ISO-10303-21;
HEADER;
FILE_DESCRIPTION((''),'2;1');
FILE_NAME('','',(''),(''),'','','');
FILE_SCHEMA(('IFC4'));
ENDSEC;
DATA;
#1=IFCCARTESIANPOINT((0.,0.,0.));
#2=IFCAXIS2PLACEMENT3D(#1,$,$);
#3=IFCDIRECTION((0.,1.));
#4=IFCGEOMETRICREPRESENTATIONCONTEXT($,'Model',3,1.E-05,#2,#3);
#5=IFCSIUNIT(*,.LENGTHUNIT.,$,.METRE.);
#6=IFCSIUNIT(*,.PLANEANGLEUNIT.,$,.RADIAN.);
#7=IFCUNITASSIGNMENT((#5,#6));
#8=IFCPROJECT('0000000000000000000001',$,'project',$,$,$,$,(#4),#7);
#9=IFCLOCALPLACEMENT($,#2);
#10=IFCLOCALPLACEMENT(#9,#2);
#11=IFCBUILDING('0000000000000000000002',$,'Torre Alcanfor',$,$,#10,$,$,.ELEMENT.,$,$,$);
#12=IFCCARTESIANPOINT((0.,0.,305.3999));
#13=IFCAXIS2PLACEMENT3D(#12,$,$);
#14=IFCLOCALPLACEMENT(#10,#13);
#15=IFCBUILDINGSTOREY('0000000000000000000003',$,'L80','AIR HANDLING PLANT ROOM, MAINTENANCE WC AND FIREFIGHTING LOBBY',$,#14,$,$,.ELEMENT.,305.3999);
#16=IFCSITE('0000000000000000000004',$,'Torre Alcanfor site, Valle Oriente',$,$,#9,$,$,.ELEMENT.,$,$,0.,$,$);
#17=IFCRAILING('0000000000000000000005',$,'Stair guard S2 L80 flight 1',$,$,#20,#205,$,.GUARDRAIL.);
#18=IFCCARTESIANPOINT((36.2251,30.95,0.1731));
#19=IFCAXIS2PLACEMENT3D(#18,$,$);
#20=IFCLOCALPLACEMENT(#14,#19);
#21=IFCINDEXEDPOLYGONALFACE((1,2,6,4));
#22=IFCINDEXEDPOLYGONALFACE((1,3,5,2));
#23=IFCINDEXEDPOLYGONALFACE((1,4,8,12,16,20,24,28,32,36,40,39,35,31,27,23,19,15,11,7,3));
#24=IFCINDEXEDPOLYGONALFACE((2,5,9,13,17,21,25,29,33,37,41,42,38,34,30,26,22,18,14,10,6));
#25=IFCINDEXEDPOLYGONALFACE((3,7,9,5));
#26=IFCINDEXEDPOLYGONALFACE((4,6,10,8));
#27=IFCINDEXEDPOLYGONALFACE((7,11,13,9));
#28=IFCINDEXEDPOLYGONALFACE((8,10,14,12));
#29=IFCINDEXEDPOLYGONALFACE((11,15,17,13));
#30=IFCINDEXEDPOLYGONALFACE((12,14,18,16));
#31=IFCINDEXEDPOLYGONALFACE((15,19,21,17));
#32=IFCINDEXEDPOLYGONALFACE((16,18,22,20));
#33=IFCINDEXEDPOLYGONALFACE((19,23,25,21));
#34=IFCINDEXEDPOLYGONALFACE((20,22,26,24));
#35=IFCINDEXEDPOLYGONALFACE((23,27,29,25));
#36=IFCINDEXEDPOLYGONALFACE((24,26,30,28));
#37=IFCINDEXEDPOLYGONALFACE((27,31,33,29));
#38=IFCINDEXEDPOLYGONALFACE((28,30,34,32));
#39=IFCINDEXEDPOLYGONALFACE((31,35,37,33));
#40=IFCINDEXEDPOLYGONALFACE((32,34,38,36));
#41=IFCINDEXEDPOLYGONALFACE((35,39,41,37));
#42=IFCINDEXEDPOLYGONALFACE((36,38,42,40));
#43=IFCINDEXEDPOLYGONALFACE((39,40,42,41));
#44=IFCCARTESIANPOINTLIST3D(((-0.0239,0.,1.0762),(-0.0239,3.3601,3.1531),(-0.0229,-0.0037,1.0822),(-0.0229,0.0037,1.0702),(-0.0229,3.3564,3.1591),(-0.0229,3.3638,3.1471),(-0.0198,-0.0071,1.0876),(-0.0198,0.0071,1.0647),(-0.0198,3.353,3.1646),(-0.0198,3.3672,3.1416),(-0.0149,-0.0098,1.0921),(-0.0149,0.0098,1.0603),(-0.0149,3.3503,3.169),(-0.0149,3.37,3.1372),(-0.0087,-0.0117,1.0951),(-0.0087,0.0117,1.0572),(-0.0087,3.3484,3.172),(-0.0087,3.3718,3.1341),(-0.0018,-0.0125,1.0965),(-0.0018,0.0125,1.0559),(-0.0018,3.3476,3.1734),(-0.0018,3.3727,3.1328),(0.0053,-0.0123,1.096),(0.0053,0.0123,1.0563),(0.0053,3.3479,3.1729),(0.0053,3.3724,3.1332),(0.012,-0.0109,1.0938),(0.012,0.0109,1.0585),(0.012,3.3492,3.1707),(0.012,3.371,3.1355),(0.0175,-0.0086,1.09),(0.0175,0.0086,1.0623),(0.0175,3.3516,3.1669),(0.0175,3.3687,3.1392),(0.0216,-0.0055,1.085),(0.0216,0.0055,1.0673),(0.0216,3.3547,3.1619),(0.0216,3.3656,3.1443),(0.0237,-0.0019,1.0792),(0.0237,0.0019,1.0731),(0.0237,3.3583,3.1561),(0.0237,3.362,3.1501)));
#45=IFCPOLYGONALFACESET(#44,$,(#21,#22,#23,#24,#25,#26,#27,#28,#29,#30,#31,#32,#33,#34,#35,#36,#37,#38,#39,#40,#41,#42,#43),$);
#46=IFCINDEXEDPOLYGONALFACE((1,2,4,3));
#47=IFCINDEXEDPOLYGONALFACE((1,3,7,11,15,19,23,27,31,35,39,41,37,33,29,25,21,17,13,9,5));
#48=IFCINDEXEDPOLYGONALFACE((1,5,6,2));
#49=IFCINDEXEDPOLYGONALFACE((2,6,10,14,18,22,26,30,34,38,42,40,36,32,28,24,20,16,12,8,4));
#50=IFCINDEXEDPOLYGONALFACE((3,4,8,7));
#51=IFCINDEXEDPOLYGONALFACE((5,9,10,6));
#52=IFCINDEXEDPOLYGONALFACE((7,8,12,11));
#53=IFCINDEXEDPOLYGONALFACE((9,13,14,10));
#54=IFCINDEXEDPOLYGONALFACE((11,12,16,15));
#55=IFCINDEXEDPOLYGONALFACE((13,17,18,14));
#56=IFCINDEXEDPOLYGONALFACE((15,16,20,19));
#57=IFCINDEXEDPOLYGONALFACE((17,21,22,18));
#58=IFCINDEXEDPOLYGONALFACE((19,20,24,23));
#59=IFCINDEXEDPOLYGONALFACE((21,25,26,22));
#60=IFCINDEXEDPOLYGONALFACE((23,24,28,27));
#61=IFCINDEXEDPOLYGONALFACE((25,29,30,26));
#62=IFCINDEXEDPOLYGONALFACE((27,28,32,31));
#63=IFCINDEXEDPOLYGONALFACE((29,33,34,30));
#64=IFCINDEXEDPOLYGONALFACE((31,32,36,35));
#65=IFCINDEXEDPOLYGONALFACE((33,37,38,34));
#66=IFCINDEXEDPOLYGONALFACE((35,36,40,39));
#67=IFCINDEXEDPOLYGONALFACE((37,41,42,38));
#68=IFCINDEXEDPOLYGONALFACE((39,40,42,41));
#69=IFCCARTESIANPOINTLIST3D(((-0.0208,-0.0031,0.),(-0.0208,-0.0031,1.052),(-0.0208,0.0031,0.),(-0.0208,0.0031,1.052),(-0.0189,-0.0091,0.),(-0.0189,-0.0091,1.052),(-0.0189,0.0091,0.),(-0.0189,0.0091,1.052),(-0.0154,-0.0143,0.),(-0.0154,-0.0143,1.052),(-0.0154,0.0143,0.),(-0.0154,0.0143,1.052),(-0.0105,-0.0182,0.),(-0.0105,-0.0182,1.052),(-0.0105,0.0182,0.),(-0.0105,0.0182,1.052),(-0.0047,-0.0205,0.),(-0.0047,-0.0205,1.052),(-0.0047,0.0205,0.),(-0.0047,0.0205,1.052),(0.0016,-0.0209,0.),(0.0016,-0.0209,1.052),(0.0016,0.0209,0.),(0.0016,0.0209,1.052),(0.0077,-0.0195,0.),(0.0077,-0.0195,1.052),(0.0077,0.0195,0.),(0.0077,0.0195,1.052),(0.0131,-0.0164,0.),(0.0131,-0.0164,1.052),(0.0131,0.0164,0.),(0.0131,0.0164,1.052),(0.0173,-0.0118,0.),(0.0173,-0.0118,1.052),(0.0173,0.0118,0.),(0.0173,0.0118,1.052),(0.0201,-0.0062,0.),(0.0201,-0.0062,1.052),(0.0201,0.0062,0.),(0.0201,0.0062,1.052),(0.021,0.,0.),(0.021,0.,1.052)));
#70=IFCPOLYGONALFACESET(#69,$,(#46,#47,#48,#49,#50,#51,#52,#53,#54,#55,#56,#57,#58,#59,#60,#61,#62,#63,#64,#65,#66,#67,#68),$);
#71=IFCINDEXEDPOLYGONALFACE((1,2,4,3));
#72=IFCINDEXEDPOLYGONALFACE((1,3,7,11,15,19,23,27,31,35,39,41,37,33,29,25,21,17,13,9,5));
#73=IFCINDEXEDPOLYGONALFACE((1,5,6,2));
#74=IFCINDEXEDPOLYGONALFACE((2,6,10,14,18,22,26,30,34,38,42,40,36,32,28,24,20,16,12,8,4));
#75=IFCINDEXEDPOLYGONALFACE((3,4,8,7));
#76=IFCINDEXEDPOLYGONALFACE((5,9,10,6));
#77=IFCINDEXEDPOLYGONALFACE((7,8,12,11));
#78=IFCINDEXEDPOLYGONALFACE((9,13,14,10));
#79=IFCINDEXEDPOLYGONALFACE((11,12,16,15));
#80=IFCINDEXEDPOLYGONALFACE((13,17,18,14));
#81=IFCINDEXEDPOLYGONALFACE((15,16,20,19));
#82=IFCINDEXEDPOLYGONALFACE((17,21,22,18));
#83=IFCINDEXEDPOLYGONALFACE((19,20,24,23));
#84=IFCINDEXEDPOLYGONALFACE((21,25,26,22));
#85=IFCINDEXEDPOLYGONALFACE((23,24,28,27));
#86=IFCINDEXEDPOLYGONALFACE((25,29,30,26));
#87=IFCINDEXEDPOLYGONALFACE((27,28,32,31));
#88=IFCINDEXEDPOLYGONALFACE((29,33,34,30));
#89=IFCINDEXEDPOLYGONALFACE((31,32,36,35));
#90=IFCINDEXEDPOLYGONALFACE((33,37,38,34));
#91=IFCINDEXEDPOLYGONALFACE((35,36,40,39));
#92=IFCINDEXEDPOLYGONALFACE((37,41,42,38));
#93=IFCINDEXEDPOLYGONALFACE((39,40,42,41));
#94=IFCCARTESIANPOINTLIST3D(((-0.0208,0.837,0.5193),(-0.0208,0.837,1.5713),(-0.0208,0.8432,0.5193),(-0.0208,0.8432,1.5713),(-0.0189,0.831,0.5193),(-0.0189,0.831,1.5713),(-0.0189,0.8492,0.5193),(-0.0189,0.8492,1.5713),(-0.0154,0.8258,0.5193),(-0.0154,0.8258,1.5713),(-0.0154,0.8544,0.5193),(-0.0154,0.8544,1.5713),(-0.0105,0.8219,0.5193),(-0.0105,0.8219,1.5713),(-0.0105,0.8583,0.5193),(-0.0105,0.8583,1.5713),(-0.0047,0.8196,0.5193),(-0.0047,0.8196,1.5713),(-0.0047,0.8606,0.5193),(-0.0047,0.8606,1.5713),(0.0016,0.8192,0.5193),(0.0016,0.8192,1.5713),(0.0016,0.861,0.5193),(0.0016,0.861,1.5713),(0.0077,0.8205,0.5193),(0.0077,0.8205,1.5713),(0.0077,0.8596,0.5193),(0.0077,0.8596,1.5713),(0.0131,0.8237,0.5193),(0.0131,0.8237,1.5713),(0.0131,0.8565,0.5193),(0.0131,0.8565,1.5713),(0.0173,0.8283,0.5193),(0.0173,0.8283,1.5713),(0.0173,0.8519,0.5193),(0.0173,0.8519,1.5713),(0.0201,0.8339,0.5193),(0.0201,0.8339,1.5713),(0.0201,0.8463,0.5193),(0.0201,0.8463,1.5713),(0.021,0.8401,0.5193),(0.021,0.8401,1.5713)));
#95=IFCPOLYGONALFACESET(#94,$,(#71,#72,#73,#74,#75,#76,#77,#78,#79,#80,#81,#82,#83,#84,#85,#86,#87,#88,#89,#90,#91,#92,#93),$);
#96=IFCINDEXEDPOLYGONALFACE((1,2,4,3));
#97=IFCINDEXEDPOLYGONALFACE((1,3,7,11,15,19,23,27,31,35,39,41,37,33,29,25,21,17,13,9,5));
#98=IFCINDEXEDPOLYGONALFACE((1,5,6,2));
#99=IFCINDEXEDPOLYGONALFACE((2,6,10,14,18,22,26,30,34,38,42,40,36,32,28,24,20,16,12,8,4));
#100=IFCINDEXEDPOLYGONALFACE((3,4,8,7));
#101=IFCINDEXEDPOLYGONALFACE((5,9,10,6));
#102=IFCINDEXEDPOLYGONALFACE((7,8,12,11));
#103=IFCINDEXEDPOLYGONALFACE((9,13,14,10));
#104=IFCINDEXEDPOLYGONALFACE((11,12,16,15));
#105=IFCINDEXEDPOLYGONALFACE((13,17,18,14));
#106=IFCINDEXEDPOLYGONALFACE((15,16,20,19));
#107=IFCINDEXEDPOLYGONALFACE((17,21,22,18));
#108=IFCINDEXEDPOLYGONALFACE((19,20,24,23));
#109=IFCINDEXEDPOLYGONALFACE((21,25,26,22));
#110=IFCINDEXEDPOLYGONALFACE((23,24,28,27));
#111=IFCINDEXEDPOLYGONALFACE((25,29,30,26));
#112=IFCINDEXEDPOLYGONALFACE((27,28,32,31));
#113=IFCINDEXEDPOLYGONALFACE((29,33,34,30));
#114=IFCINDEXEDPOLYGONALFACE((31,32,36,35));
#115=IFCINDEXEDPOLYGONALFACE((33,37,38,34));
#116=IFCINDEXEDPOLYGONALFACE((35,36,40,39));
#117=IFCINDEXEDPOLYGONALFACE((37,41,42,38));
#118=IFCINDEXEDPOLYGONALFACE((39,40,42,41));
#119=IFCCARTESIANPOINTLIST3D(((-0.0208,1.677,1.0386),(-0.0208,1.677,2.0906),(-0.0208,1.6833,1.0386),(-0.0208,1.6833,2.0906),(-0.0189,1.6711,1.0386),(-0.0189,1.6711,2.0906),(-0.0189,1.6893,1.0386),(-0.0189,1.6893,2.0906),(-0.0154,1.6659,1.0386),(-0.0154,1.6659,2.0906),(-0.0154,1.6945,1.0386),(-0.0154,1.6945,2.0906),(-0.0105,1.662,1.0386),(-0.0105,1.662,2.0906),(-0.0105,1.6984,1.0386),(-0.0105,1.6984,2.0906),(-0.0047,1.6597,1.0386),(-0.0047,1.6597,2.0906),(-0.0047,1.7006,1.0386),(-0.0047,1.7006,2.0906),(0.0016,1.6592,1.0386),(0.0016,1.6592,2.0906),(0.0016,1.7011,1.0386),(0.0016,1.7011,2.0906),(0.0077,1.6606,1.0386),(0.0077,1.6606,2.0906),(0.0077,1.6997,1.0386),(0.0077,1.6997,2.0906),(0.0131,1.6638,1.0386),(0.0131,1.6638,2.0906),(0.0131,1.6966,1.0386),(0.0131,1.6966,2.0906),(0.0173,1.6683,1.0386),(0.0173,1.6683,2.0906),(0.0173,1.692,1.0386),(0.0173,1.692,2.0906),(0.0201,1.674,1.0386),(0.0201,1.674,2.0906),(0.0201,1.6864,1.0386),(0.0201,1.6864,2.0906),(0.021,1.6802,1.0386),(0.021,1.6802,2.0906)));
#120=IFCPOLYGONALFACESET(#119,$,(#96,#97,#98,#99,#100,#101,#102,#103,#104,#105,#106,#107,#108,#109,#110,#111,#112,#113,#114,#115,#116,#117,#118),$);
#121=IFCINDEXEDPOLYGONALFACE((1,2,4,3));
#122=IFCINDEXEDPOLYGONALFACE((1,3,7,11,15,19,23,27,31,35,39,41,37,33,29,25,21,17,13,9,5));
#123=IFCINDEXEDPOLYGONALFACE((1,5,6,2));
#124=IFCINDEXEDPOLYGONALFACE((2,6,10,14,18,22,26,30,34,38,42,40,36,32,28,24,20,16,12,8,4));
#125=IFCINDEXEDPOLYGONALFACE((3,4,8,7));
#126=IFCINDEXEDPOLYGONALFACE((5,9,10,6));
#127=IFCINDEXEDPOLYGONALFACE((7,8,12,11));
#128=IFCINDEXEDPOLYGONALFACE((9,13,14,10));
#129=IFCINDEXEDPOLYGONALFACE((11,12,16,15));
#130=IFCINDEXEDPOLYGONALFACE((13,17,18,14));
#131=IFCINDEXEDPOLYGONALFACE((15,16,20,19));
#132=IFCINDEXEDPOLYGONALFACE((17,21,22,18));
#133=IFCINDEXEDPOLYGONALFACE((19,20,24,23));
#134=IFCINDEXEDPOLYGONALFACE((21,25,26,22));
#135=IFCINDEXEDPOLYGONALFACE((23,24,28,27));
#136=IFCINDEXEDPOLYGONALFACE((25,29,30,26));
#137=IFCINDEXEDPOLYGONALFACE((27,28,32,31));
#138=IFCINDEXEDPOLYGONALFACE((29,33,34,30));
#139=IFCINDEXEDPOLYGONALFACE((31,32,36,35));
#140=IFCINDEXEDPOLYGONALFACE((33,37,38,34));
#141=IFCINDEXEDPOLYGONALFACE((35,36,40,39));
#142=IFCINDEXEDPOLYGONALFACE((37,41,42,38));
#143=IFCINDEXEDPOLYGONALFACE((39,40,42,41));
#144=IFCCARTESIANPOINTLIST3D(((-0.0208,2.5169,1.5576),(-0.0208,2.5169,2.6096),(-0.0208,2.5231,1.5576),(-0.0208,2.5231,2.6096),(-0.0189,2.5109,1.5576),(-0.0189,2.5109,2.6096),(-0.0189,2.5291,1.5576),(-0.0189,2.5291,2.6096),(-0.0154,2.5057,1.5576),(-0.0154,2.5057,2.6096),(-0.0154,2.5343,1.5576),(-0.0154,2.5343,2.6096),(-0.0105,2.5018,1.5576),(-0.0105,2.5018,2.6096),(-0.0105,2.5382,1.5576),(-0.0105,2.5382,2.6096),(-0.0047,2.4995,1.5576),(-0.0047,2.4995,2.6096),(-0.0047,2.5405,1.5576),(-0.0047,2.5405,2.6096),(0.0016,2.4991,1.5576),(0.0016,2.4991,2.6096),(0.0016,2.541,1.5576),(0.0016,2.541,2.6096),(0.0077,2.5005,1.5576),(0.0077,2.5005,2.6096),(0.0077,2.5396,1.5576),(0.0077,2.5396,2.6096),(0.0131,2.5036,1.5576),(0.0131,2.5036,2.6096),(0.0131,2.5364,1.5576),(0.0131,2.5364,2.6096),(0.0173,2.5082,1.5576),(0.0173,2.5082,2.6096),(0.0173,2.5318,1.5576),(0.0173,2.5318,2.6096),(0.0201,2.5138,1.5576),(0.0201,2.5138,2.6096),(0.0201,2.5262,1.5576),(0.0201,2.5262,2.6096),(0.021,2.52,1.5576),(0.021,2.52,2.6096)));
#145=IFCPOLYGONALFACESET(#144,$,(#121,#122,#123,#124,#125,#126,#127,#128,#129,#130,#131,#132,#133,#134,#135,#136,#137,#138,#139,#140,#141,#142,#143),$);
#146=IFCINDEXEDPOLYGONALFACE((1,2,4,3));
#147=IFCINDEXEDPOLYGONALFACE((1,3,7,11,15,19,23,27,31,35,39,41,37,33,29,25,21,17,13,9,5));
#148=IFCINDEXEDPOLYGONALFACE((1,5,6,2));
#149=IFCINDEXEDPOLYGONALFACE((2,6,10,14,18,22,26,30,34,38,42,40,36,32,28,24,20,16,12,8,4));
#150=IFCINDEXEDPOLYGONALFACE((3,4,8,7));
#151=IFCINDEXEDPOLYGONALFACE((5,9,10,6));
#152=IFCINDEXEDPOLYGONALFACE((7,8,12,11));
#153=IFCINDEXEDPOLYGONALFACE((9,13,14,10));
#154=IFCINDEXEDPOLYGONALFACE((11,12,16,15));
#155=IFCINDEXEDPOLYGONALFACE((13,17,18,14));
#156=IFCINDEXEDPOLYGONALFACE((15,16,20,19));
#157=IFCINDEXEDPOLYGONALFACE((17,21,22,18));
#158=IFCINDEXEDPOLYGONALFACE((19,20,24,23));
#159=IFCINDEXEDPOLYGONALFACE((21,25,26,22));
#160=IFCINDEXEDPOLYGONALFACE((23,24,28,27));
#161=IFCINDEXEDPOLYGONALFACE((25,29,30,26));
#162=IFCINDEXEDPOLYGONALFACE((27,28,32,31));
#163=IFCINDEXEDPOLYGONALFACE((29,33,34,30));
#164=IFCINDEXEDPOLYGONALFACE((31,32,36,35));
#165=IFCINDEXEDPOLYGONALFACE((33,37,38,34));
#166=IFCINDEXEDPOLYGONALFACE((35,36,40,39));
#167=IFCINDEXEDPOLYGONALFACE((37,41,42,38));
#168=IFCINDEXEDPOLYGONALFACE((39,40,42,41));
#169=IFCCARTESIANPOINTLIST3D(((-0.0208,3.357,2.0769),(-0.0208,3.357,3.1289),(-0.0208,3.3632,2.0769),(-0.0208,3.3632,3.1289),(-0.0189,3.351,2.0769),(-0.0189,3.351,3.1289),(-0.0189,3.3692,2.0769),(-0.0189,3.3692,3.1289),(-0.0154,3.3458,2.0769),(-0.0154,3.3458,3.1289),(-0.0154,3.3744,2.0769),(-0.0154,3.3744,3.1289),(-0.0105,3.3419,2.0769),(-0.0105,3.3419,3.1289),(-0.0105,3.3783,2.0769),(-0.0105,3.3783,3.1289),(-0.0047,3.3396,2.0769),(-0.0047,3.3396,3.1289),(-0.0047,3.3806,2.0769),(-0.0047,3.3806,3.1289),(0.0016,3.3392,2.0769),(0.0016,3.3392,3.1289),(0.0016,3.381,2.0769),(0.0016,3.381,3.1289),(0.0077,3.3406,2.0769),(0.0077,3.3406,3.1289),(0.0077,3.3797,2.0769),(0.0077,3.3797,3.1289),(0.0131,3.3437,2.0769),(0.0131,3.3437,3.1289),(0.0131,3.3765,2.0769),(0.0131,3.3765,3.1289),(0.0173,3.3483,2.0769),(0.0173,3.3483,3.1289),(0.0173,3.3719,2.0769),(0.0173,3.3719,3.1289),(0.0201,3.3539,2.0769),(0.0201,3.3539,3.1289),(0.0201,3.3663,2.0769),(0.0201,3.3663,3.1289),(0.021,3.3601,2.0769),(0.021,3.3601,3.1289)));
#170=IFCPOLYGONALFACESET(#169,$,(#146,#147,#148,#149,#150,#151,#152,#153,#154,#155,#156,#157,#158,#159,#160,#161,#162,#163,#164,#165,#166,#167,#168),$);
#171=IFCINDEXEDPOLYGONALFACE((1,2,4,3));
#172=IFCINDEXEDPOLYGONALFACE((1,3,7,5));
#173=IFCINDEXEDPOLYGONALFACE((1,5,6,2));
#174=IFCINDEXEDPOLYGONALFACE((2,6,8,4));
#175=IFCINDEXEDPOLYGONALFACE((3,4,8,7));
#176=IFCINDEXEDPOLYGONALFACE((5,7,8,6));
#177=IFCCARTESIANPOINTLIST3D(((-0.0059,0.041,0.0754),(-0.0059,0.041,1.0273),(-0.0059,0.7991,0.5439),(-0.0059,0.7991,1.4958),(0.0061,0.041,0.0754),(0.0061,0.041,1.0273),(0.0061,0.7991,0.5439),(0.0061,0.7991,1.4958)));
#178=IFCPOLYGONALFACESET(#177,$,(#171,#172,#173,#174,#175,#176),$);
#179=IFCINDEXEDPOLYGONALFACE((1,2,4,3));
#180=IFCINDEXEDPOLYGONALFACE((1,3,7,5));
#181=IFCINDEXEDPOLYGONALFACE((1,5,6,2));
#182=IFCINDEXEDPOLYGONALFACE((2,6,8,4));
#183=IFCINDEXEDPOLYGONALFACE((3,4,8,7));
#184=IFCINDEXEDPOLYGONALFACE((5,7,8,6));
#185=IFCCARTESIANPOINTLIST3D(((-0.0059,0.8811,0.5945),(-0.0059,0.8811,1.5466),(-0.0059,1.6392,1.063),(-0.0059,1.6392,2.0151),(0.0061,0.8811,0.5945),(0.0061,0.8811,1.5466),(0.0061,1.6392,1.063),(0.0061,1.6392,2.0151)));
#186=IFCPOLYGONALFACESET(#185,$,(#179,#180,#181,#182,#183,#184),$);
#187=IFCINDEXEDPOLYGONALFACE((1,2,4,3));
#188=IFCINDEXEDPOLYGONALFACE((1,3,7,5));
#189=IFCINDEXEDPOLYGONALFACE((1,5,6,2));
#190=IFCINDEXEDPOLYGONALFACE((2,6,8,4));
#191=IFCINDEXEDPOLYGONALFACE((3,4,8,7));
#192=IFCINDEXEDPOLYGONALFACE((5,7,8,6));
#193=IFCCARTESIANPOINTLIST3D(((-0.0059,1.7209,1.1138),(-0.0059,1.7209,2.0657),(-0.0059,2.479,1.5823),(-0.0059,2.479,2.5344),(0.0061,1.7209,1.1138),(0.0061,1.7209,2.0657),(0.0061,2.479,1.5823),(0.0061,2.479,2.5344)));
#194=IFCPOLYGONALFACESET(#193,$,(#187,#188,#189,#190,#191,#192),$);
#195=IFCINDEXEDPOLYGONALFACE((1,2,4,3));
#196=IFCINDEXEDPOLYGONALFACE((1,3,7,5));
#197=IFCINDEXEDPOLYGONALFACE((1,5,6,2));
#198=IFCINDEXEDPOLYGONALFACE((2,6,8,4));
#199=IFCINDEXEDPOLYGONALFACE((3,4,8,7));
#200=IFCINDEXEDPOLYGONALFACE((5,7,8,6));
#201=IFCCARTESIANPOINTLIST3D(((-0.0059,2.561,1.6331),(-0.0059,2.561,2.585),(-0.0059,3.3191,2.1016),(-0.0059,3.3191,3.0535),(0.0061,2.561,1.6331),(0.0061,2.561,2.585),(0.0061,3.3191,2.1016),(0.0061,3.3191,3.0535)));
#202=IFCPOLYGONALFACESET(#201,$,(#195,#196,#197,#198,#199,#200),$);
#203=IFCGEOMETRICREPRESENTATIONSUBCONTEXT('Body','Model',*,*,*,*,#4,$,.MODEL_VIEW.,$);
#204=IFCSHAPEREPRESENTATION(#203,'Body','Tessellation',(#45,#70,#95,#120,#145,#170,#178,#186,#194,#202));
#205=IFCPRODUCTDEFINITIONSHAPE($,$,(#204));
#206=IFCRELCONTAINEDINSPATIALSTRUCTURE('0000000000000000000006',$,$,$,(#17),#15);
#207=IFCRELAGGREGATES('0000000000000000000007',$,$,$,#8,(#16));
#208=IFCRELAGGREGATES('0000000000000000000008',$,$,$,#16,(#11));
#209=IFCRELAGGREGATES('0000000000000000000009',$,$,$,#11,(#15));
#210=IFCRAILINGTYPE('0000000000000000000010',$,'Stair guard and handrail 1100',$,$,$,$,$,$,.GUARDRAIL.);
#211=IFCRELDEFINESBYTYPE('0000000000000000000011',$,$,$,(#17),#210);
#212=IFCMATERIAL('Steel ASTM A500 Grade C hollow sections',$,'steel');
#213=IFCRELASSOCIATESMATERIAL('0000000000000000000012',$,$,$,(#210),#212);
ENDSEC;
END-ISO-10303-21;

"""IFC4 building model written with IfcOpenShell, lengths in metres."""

from ifc_helpers import new_model, si_unit, direction, frame, origin, origin_2d, place, context, subcontext, project, spatial, polyline, circle, outline, extrude, material, type_object, element, save


model = new_model("IFC4")

# Units and contexts
model_context = context("Model", 3, precision=1e-05, world=origin(), true_north=direction((0.0, 1.0)))
body_context = subcontext(model_context, "Body", "Model", "MODEL_VIEW")
ifc_project = project(units=[si_unit("LENGTHUNIT", "METRE"), si_unit("PLANEANGLEUNIT", "RADIAN")], contexts=[model_context])

# Site, building, storey
site_placement = place(None, origin())
site = spatial("IfcSite", under=ifc_project, at=site_placement, Name="Torre Alcanfor site, Valle Oriente", CompositionType="ELEMENT", RefElevation=0.0)
building_placement = place(site_placement, origin())
building = spatial("IfcBuilding", under=site, at=building_placement, Name="Torre Alcanfor", CompositionType="ELEMENT")
storey_placement = place(building_placement, frame((0.0, 0.0, 305.3999)))
storey = spatial("IfcBuildingStorey", under=building, at=storey_placement, Name="L80", Description="AIR HANDLING PLANT ROOM, MAINTENANCE WC AND FIREFIGHTING LOBBY", CompositionType="ELEMENT", Elevation=305.3999)

# Railing
ifc_material_1 = material(Name="Steel ASTM A500 Grade C hollow sections", Category="steel")
railing_type_1 = type_object("IfcRailingType", Name="Stair guard and handrail 1100", PredefinedType="GUARDRAIL", material=ifc_material_1)
railing_1_placement = place(storey_placement, frame((36.2251, 30.95, 0.1731)))
element("IfcRailing", 1, at=railing_1_placement, inside=storey, type_object=railing_type_1, Name="Stair guard S2 L80 flight 1", PredefinedType="GUARDRAIL", context=body_context, shape_type="SweptSolid", body=[
    extrude(circle(Radius=0.0239, at=origin_2d()), frame((0.0, 0.0, 1.0762), z_axis=(0.0, 0.850623, 0.525776), x_axis=(-1.0, 0.0, 0.0)), (0.0, 0.0, 1.0), 3.9502),
    extrude(circle(Radius=0.021, at=origin_2d()), origin(), (0.0, 0.0, 1.0), 1.052),
    extrude(circle(Radius=0.021, at=origin_2d()), frame((0.0, 0.8401, 0.5193)), (0.0, 0.0, 1.0), 1.052),
    extrude(circle(Radius=0.021, at=origin_2d()), frame((0.0, 1.6802, 1.0386)), (0.0, 0.0, 1.0), 1.052),
    extrude(circle(Radius=0.021, at=origin_2d()), frame((0.0, 2.52, 1.5576)), (0.0, 0.0, 1.0), 1.052),
    extrude(circle(Radius=0.021, at=origin_2d()), frame((0.0, 3.3601, 2.0769)), (0.0, 0.0, 1.0), 1.052),
    extrude(outline(polyline([(0.041, 0.0754), (0.7991, 0.5439), (0.7991, 1.4958), (0.041, 1.0273), (0.041, 0.0754)])), frame((-0.0059, 0.0, 0.0), z_axis=(1.0, 0.0, 0.0), x_axis=(0.0, 1.0, 0.0)), (0.0, 0.0, 1.0), 0.012),
    extrude(outline(polyline([(0.8811, 0.5945), (1.6392, 1.063), (1.6392, 2.0151), (0.8811, 1.5466), (0.8811, 0.5945)])), frame((-0.0059, 0.0, 0.0), z_axis=(1.0, 0.0, 0.0), x_axis=(0.0, 1.0, 0.0)), (0.0, 0.0, 1.0), 0.012),
    extrude(outline(polyline([(1.7209, 1.1138), (2.479, 1.5823), (2.479, 2.5344), (1.7209, 2.0657), (1.7209, 1.1138)])), frame((-0.0059, 0.0, 0.0), z_axis=(1.0, 0.0, 0.0), x_axis=(0.0, 1.0, 0.0)), (0.0, 0.0, 1.0), 0.012),
    extrude(outline(polyline([(2.561, 1.6331), (3.3191, 2.1016), (3.3191, 3.0535), (2.561, 2.585), (2.561, 1.6331)])), frame((-0.0059, 0.0, 0.0), z_axis=(1.0, 0.0, 0.0), x_axis=(0.0, 1.0, 0.0)), (0.0, 0.0, 1.0), 0.012),
])

save(model, "model.ifc")
